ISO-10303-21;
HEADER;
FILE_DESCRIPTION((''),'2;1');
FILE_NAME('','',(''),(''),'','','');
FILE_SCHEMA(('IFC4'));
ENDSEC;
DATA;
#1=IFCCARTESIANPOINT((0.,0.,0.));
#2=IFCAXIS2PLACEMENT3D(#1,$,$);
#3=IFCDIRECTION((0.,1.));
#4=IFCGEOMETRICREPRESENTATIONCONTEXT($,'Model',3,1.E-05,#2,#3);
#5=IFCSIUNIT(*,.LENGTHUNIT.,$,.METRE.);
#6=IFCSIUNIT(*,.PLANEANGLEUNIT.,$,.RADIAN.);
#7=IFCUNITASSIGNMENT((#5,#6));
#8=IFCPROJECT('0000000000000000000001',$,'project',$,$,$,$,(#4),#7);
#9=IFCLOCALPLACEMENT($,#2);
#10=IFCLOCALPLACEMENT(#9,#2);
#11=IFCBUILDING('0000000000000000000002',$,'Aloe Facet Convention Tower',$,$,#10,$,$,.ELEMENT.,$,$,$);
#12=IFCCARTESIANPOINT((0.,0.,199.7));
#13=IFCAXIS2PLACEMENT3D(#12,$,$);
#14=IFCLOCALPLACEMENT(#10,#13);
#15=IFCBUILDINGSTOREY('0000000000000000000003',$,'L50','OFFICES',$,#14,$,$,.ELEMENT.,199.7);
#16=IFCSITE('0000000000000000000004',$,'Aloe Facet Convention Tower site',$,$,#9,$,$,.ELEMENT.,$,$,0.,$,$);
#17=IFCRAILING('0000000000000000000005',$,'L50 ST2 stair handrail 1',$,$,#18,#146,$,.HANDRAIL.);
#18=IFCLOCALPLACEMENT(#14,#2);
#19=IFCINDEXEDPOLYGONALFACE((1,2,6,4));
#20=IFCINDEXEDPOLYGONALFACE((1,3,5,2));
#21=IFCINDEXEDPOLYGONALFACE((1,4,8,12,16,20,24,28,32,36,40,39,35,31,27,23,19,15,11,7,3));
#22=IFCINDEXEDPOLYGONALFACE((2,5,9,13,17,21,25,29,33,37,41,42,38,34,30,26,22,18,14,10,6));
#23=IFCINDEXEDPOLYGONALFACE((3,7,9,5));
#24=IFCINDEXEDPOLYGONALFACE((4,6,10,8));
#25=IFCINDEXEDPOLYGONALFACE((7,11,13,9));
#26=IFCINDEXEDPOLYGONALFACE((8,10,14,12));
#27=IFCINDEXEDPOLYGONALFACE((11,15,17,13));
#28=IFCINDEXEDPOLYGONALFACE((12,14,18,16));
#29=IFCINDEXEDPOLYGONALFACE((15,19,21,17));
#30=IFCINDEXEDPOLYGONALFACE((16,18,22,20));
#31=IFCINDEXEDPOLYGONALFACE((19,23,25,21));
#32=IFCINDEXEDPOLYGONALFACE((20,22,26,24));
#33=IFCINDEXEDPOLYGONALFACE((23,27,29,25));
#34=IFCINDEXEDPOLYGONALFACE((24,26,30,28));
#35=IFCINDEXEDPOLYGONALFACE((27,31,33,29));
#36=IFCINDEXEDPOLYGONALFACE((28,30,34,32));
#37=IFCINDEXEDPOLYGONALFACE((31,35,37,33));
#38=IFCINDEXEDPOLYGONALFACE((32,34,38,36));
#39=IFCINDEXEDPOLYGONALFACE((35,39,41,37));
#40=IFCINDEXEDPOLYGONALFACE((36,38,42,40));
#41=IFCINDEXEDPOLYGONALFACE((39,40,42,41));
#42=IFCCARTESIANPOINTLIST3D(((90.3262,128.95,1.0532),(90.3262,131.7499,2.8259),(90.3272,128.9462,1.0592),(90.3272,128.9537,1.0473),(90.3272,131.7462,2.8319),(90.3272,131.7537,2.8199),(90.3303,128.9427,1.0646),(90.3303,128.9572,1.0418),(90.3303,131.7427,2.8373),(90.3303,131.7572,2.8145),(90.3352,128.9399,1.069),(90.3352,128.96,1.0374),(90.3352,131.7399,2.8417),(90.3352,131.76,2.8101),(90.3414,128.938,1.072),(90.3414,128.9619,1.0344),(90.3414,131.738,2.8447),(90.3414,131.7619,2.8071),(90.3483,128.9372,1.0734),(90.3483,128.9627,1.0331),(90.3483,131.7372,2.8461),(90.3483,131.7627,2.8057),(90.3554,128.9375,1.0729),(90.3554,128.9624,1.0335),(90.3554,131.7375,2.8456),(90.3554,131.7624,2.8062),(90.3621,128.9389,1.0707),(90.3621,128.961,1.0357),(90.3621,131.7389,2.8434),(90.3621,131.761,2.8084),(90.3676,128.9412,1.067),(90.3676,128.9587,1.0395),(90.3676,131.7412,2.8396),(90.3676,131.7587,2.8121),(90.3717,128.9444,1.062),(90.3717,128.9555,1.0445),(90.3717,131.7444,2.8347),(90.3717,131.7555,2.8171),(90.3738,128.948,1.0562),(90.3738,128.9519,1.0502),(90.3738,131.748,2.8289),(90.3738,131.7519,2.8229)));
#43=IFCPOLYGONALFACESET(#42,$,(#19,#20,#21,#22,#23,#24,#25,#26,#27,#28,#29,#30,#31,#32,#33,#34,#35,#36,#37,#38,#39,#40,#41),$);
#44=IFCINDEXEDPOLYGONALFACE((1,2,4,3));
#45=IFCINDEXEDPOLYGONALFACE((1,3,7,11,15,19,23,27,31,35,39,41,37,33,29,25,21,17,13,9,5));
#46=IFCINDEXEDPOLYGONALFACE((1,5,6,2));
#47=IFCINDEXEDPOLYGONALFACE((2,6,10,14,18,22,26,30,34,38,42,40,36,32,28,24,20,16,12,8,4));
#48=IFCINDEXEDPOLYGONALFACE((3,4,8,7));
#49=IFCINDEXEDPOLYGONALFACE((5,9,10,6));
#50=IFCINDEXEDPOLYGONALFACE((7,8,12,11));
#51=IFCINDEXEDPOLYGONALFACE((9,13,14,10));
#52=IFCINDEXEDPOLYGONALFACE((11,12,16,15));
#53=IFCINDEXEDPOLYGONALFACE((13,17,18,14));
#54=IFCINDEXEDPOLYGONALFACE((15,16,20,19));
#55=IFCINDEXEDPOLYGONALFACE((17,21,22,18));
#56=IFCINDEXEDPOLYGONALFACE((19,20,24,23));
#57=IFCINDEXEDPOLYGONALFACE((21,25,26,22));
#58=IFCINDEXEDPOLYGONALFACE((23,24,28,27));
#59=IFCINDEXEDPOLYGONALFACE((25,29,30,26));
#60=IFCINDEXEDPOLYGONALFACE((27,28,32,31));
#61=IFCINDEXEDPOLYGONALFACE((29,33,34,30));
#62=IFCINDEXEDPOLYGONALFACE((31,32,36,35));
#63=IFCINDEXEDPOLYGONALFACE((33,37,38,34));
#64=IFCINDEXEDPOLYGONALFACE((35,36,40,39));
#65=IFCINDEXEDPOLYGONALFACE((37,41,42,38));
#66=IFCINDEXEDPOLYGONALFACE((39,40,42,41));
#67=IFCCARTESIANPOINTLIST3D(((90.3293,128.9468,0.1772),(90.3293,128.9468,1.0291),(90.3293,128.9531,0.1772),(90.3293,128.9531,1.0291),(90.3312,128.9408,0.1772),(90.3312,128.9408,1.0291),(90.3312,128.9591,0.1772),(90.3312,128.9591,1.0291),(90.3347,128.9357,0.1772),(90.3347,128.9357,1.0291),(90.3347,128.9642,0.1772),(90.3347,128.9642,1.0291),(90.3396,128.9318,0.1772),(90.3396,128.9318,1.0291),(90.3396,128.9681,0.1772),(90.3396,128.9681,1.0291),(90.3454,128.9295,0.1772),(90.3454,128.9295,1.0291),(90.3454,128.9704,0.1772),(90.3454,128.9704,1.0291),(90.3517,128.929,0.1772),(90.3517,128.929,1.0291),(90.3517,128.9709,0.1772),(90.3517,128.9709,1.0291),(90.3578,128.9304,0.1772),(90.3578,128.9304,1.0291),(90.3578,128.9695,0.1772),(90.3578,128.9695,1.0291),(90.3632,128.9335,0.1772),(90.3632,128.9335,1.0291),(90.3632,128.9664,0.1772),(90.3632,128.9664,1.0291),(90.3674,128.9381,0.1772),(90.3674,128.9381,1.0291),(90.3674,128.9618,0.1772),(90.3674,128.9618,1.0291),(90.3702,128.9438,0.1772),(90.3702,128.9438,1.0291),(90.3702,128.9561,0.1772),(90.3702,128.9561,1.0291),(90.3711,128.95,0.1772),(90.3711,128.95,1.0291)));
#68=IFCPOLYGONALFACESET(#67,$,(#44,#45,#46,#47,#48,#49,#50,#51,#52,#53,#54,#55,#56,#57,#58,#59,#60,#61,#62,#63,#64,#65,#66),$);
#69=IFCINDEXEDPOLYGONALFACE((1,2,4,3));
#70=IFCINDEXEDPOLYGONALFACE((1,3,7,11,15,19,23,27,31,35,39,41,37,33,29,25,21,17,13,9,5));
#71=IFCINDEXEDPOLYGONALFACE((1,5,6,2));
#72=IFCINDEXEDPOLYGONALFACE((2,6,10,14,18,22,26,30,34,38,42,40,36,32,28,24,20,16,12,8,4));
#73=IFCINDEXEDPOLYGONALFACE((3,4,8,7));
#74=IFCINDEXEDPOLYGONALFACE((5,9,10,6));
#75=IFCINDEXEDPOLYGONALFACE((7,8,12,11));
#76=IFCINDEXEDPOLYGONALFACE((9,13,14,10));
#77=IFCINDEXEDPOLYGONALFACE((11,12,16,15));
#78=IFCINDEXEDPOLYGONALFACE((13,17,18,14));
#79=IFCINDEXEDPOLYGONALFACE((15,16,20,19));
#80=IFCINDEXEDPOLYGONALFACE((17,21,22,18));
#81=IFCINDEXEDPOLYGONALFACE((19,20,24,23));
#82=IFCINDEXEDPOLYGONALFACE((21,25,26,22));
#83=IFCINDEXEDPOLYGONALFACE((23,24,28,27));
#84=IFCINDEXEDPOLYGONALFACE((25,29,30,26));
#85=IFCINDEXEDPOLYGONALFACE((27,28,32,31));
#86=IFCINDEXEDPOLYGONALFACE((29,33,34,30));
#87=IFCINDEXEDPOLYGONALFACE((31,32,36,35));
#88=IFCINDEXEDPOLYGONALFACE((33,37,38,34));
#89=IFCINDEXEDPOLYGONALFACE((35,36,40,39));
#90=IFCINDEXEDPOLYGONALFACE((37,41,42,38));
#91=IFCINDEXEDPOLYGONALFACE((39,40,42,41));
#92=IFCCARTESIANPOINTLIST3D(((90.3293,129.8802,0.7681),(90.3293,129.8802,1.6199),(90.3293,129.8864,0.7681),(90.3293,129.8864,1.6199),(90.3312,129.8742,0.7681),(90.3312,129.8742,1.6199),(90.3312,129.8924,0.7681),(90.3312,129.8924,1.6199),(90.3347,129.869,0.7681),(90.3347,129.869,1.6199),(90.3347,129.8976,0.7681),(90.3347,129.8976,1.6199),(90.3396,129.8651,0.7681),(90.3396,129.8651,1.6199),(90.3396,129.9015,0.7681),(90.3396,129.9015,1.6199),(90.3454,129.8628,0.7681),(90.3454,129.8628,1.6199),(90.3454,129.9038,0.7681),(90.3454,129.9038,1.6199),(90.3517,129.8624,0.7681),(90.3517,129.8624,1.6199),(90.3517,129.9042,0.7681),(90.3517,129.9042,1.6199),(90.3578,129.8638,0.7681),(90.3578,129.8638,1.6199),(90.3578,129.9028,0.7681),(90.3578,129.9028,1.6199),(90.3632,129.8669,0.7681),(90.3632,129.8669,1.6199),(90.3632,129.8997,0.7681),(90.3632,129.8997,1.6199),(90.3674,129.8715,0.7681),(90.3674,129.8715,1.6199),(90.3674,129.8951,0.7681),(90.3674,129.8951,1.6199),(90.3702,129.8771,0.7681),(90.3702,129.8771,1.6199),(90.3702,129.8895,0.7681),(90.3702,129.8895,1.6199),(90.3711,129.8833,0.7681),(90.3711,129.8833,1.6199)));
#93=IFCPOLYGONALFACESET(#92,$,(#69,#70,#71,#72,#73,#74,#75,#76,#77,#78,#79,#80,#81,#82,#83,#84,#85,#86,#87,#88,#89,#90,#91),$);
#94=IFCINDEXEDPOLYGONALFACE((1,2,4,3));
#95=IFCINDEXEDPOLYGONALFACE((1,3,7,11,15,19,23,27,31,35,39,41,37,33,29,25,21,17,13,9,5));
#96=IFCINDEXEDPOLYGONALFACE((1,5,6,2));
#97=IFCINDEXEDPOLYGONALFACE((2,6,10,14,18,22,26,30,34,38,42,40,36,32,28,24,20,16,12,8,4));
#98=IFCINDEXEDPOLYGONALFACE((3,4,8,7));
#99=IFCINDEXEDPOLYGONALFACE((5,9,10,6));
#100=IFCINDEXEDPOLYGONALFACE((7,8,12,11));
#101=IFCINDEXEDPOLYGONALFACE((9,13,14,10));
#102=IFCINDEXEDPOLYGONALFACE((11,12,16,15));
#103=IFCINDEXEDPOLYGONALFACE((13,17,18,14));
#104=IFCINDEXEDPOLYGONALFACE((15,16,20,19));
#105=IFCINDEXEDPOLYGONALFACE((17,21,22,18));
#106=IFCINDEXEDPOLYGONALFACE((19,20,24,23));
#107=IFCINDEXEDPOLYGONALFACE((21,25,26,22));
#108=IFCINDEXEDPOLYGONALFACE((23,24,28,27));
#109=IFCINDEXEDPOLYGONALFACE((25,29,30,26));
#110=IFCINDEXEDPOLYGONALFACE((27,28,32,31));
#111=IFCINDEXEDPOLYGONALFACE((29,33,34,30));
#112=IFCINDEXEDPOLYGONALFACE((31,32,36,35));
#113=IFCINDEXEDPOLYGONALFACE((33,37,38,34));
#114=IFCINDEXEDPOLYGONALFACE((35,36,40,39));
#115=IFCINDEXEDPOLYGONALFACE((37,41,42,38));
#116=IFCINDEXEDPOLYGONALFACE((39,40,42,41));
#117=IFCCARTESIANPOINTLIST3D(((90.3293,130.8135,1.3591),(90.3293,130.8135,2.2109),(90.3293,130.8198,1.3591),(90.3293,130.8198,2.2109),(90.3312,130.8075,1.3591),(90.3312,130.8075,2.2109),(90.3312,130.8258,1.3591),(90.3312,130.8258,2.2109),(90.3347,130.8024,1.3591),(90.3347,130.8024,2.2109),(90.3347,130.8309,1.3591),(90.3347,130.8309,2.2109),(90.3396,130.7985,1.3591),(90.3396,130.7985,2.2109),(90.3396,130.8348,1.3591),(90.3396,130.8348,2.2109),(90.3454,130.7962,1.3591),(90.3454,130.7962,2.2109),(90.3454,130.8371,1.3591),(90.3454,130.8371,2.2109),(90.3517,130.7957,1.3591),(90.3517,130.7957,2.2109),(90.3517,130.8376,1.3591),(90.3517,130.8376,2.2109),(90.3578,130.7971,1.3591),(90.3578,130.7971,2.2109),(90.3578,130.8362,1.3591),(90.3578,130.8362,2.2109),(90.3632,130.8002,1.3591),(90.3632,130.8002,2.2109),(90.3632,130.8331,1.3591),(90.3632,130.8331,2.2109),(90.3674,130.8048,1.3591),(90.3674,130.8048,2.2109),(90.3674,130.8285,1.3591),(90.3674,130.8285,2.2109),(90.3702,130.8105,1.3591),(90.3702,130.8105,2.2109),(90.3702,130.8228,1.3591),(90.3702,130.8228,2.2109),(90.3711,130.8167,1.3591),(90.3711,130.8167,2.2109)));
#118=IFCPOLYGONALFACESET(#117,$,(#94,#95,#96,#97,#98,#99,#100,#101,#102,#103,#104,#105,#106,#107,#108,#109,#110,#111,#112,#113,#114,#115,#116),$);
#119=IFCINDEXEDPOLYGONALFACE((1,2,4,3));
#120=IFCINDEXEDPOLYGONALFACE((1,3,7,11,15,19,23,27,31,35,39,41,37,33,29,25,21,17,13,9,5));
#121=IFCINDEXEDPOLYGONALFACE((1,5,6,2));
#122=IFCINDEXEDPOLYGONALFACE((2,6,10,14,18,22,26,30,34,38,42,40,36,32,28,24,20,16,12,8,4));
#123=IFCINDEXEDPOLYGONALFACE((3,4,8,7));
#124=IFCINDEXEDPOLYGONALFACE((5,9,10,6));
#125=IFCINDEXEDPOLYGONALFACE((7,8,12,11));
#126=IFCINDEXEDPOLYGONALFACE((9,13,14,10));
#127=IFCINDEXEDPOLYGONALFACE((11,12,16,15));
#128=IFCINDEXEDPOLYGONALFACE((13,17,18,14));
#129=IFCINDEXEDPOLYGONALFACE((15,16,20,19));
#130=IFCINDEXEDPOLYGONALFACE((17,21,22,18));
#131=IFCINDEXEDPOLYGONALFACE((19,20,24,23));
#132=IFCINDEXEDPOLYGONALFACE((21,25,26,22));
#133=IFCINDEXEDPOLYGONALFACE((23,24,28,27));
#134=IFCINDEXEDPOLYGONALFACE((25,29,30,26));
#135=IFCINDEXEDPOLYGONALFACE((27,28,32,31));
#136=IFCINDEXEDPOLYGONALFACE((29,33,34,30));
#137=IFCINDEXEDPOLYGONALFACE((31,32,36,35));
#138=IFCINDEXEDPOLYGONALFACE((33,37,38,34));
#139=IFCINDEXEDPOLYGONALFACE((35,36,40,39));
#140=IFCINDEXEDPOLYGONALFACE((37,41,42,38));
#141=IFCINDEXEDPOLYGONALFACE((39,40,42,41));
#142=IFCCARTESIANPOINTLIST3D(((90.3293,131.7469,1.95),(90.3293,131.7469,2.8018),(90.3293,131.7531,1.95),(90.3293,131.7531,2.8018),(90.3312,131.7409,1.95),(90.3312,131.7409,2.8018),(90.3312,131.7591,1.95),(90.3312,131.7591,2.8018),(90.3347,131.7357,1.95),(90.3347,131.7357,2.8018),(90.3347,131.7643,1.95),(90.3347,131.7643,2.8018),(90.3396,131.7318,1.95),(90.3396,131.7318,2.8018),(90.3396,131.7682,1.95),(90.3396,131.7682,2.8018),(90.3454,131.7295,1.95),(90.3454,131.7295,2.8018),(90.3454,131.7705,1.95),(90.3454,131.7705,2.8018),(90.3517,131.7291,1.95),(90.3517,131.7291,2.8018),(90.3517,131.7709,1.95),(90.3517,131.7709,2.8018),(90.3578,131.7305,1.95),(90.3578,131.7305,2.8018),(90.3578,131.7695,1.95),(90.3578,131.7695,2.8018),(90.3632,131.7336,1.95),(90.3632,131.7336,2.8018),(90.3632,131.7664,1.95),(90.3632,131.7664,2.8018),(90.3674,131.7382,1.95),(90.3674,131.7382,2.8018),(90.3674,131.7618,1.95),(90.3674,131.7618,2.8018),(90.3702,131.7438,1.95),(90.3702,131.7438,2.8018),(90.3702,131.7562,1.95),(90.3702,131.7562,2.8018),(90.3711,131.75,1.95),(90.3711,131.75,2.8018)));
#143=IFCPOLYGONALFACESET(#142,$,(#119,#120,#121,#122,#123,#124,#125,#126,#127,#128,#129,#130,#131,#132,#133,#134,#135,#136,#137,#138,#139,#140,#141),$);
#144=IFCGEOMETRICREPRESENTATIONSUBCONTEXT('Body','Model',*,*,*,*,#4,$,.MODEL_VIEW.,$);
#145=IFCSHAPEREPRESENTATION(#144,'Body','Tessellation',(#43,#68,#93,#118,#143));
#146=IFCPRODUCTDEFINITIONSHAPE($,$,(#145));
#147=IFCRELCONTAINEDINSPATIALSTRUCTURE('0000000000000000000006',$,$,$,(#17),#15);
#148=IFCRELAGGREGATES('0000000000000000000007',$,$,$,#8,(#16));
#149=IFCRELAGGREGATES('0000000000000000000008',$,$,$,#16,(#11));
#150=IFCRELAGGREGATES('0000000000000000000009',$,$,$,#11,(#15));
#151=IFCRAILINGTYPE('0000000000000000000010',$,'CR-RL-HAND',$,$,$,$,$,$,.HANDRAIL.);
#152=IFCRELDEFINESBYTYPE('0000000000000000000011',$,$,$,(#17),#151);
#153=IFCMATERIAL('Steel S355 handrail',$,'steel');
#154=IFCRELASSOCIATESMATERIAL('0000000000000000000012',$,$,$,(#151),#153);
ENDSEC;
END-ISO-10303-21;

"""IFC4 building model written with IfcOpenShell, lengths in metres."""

from ifc_helpers import new_model, si_unit, direction, frame, origin, origin_2d, place, context, subcontext, project, spatial, circle, extrude, material, type_object, element, save


model = new_model("IFC4")

# Units and contexts
model_context = context("Model", 3, precision=1e-05, world=origin(), true_north=direction((0.0, 1.0)))
body_context = subcontext(model_context, "Body", "Model", "MODEL_VIEW")
ifc_project = project(units=[si_unit("LENGTHUNIT", "METRE"), si_unit("PLANEANGLEUNIT", "RADIAN")], contexts=[model_context])

# Site, building, storey
site_placement = place(None, origin())
site = spatial("IfcSite", under=ifc_project, at=site_placement, Name="Aloe Facet Convention Tower site", CompositionType="ELEMENT", RefElevation=0.0)
building_placement = place(site_placement, origin())
building = spatial("IfcBuilding", under=site, at=building_placement, Name="Aloe Facet Convention Tower", CompositionType="ELEMENT")
storey_placement = place(building_placement, frame((0.0, 0.0, 199.7)))
storey = spatial("IfcBuildingStorey", under=building, at=storey_placement, Name="L50", Description="OFFICES", CompositionType="ELEMENT", Elevation=199.7)

# Railing
ifc_material_1 = material(Name="Steel S355 handrail", Category="steel")
railing_type_1 = type_object("IfcRailingType", Name="CR-RL-HAND", PredefinedType="HANDRAIL", material=ifc_material_1)
railing_1_placement = place(storey_placement, frame((90.3501, 128.95, 0.1772)))
element("IfcRailing", 1, at=railing_1_placement, inside=storey, type_object=railing_type_1, Name="L50 ST2 stair handrail 1", PredefinedType="HANDRAIL", context=body_context, shape_type="SweptSolid", body=[
    extrude(circle(Radius=0.0239, at=origin_2d()), frame((0.0, 0.0, 0.876), z_axis=(0.0, 0.844909, 0.53491), x_axis=(-1.0, 0.0, 0.0)), (0.0, 0.0, 1.0), 3.314),
    extrude(circle(Radius=0.021, at=origin_2d()), origin(), (0.0, 0.0, 1.0), 0.8518),
    extrude(circle(Radius=0.021, at=origin_2d()), frame((0.0, 0.9333, 0.5908)), (0.0, 0.0, 1.0), 0.8518),
    extrude(circle(Radius=0.021, at=origin_2d()), frame((0.0, 1.8667, 1.1819)), (0.0, 0.0, 1.0), 0.8518),
    extrude(circle(Radius=0.021, at=origin_2d()), frame((0.0, 2.8, 1.7727)), (0.0, 0.0, 1.0), 0.8518),
])

save(model, "model.ifc")
